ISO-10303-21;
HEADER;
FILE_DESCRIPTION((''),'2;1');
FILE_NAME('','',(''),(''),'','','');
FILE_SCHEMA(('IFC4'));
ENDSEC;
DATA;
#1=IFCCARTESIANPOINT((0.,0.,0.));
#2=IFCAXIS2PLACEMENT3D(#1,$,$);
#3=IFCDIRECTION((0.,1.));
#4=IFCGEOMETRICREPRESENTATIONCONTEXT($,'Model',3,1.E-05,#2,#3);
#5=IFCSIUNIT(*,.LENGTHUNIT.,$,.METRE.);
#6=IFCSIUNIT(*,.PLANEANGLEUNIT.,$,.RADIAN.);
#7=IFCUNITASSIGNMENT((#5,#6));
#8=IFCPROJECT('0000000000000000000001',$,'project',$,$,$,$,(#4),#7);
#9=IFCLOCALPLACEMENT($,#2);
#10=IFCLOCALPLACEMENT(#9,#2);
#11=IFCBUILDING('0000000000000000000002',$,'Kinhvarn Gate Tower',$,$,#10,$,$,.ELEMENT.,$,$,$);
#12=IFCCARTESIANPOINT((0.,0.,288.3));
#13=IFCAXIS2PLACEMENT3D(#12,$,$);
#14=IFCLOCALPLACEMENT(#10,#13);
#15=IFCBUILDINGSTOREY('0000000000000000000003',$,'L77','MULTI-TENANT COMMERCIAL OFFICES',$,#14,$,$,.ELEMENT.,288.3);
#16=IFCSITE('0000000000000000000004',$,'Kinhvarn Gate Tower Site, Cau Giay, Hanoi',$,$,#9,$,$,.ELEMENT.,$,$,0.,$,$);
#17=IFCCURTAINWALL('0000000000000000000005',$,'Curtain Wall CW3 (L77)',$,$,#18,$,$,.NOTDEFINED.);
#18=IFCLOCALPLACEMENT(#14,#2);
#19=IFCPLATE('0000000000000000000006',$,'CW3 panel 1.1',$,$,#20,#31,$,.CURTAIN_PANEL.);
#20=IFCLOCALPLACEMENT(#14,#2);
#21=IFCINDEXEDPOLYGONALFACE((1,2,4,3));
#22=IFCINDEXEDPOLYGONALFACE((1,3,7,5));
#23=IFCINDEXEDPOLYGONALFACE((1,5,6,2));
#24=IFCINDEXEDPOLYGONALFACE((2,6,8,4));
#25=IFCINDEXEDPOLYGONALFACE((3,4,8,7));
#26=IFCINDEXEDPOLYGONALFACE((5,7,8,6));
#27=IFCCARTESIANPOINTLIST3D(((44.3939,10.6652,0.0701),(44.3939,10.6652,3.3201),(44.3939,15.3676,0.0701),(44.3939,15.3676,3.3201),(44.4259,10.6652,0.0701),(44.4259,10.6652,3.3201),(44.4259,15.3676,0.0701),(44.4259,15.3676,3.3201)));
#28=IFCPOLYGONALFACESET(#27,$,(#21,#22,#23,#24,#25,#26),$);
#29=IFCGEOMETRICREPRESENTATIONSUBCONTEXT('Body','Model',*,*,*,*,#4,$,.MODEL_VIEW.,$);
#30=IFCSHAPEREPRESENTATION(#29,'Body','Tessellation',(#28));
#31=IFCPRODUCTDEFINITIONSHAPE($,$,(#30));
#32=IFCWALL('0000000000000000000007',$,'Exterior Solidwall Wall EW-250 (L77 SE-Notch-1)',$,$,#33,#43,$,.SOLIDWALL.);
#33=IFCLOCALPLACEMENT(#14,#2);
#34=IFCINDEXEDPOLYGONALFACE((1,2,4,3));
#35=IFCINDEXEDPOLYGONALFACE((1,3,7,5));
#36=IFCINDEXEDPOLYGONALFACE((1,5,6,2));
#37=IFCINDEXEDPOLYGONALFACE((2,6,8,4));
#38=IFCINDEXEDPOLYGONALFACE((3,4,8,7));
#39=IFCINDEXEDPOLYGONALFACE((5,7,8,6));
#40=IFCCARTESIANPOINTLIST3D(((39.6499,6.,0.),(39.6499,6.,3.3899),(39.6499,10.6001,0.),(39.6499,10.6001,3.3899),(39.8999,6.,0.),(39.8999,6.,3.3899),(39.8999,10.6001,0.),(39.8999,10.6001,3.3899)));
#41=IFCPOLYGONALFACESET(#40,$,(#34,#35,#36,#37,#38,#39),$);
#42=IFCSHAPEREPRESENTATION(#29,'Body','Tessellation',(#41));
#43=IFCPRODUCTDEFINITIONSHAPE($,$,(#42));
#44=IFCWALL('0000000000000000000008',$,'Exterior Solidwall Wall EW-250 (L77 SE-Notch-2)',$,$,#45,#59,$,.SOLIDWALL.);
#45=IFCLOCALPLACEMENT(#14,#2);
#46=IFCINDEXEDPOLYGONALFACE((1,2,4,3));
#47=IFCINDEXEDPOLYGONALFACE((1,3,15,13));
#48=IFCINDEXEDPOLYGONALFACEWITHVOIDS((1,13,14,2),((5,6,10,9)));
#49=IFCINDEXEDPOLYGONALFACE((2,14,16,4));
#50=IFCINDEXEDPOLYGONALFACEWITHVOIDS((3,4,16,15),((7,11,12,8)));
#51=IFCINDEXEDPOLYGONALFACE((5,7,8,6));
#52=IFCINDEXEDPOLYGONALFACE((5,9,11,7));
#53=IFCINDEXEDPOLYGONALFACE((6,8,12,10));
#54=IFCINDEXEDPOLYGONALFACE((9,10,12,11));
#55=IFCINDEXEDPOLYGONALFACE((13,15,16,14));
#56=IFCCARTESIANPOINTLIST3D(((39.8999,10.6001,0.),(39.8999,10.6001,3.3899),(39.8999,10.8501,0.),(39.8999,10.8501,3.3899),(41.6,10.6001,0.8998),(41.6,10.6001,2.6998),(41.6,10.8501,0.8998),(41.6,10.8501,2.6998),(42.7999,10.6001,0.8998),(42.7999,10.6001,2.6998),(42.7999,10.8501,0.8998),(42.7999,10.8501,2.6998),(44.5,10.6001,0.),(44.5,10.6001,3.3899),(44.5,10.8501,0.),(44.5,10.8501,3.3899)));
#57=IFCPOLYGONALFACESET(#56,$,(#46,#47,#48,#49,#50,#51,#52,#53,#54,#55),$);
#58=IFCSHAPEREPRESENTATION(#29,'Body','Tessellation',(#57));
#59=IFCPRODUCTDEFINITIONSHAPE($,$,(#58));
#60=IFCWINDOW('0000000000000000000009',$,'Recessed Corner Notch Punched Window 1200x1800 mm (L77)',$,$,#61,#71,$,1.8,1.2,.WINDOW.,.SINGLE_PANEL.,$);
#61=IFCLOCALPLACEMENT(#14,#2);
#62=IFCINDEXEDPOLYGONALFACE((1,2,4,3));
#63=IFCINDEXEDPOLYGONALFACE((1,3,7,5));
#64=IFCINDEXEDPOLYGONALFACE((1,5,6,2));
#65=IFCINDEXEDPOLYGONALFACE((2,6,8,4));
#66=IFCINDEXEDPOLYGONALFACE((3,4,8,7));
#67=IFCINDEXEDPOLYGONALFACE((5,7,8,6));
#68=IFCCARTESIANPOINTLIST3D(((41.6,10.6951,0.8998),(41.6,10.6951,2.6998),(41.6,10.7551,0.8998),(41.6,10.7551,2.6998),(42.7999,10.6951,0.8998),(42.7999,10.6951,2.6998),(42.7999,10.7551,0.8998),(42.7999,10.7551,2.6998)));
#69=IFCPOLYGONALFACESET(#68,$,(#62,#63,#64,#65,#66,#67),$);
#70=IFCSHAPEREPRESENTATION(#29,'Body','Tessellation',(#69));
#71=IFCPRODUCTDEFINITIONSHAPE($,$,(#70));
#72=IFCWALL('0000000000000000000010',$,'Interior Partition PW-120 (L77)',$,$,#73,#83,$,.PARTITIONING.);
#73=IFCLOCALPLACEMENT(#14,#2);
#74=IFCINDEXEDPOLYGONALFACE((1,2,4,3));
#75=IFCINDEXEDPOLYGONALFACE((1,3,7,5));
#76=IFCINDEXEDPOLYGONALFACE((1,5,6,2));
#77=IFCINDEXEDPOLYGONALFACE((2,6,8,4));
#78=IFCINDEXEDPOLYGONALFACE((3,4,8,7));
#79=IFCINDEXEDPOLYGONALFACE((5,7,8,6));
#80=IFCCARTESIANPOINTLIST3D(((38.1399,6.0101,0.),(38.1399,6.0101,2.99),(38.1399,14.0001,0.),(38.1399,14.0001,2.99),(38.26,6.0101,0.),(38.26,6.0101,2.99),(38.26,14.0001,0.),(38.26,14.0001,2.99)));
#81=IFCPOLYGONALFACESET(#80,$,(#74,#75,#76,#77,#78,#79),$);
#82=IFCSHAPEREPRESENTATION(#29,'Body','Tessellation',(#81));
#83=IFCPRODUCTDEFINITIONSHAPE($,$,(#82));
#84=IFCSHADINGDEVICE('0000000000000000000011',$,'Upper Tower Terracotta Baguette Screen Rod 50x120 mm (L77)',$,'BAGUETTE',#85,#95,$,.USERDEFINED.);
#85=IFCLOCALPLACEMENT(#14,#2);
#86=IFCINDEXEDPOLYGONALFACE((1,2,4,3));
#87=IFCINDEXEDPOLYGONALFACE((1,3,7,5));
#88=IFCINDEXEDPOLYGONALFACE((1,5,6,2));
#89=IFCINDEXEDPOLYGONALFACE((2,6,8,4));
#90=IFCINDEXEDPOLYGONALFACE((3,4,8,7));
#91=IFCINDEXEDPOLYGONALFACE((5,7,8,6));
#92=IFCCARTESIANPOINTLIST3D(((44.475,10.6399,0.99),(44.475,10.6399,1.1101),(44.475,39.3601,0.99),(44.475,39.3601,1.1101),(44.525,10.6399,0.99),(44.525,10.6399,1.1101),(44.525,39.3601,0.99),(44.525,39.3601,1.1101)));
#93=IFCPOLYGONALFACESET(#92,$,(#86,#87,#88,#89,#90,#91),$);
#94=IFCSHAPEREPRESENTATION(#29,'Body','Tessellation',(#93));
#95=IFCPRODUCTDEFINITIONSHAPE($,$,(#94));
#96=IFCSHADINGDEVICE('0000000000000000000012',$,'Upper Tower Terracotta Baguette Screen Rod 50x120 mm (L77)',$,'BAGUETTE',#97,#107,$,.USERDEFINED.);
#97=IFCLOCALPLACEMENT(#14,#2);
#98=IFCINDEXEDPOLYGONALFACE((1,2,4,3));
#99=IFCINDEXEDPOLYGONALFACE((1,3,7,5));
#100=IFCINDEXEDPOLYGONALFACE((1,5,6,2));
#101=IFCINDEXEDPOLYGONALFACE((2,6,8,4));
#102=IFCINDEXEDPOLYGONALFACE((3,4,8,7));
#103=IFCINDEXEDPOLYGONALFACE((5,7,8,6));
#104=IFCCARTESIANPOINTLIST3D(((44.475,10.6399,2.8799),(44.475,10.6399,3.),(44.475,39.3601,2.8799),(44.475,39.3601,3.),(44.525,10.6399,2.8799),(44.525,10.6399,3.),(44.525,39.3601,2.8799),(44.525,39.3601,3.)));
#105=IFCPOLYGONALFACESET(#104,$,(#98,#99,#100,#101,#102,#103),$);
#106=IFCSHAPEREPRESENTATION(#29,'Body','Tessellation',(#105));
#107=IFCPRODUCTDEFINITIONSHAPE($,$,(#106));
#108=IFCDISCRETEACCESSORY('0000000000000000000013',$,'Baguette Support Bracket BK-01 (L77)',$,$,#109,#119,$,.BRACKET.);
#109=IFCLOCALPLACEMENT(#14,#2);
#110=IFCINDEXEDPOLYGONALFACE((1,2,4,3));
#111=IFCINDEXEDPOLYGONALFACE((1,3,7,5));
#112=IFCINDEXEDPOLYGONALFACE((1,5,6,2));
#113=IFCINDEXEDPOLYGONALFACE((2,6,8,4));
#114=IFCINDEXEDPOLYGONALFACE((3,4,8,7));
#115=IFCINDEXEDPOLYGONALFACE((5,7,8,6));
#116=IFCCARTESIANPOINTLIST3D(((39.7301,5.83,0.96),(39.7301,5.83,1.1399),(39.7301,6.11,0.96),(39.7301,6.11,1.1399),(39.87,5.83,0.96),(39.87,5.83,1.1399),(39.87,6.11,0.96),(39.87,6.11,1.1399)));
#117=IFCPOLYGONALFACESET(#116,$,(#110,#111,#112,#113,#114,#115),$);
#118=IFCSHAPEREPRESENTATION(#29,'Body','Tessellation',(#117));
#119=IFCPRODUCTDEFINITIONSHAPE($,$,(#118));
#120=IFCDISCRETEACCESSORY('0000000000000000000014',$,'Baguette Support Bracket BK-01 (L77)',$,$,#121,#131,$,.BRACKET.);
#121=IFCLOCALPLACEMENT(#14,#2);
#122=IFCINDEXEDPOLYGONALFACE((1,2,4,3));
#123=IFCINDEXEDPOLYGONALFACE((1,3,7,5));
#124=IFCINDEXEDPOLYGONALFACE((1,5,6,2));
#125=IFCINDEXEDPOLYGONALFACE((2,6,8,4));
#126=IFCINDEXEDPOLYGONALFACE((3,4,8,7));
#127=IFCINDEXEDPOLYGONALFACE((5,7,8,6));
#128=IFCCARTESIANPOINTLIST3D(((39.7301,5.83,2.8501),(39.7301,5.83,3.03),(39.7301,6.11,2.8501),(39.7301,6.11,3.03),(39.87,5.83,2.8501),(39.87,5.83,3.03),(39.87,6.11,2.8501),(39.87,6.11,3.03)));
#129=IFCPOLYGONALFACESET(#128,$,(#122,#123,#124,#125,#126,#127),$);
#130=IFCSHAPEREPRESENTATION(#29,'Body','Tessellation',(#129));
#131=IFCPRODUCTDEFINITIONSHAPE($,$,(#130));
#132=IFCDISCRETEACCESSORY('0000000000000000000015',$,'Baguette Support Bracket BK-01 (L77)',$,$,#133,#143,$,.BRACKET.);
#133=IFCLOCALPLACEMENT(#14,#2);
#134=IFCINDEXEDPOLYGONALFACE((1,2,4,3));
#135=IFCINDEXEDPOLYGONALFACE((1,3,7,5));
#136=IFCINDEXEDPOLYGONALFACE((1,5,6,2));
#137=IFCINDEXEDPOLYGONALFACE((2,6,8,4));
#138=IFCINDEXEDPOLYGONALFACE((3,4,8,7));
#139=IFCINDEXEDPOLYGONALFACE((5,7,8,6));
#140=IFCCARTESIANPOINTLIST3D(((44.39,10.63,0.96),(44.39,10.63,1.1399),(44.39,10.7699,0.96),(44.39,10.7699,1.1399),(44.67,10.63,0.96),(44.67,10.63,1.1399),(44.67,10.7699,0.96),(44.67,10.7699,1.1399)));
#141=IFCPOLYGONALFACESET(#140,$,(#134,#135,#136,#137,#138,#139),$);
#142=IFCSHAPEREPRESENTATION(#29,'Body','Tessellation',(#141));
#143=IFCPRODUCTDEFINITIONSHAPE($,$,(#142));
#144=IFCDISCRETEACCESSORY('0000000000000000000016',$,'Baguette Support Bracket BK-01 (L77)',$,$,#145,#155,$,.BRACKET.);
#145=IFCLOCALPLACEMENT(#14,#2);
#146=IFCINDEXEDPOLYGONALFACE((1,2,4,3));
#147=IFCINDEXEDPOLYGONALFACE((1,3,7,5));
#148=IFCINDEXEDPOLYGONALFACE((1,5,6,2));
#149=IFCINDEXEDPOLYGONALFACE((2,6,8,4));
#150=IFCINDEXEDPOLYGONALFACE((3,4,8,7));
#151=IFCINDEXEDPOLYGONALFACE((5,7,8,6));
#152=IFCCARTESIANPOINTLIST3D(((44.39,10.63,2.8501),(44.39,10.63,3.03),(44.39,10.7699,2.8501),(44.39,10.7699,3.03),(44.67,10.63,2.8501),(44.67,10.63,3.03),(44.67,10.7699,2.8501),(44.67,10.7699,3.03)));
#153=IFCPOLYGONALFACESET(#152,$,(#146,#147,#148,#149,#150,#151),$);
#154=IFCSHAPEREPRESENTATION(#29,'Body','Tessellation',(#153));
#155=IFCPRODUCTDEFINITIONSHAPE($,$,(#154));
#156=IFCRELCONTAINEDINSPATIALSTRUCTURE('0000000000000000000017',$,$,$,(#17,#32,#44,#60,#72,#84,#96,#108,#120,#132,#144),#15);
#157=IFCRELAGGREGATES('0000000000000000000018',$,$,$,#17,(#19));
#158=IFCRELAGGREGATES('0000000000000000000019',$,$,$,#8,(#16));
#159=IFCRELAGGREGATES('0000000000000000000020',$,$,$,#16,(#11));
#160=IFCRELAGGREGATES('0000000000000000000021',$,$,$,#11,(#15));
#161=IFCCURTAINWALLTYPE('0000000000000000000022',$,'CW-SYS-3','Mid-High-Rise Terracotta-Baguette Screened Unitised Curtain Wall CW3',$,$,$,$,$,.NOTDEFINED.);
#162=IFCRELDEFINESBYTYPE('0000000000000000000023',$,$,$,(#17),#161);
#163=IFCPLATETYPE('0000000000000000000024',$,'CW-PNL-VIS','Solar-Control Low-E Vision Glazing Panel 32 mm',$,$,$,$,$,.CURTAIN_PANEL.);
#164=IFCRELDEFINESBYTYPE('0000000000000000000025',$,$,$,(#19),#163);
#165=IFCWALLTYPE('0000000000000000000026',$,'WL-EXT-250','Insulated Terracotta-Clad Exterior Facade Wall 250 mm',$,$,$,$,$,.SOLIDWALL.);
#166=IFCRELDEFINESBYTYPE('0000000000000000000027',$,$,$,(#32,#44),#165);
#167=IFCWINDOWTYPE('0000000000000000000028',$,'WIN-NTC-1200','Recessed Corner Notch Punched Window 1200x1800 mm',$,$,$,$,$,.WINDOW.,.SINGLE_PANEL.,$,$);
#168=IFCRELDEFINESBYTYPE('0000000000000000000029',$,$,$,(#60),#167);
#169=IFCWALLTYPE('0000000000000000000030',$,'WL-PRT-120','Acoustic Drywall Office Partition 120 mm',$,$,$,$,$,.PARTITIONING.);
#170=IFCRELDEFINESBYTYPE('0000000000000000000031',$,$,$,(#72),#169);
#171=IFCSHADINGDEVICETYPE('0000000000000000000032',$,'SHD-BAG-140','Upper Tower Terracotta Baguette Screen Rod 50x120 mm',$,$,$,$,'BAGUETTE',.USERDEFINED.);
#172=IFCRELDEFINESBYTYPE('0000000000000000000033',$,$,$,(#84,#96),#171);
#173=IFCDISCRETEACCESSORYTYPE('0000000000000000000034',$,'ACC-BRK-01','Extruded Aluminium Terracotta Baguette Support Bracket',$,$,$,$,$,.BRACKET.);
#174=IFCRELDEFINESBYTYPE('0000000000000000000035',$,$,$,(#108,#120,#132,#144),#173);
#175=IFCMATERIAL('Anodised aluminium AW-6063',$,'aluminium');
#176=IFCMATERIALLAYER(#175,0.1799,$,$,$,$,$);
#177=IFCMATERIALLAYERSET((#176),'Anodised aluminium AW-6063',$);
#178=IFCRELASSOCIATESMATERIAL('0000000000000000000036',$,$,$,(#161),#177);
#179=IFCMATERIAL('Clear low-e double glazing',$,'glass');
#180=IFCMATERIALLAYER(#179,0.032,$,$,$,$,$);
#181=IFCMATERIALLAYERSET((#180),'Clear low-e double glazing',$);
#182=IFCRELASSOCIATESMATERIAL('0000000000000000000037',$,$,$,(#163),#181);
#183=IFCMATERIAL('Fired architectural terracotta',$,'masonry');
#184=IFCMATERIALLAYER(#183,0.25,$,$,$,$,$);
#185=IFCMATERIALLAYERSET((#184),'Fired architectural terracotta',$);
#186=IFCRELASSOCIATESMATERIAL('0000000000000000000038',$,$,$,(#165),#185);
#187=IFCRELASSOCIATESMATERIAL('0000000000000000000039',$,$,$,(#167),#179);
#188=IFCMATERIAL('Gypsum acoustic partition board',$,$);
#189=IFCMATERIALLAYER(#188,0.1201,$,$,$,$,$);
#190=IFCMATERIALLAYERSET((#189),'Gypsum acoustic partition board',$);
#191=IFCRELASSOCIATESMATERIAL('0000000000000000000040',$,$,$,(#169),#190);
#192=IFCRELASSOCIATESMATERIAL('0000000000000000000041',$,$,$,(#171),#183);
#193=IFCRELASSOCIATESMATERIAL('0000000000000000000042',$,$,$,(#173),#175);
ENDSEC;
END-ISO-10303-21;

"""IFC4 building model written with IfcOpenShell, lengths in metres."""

from ifc_helpers import new_model, si_unit, direction, frame, frame_2d, origin, origin_2d, place, context, subcontext, project, spatial, rectangle, extrude, material, layer, layer_set, material_profile, profile_set, type_object, element, fill, aggregate, save


model = new_model("IFC4")

# Units and contexts
model_context = context("Model", 3, precision=1e-05, world=origin(), true_north=direction((0.0, 1.0)))
body_context = subcontext(model_context, "Body", "Model", "MODEL_VIEW")
ifc_project = project(units=[si_unit("LENGTHUNIT", "METRE"), si_unit("PLANEANGLEUNIT", "RADIAN")], contexts=[model_context])

# Site, building, storey
site_placement = place(None, origin())
site = spatial("IfcSite", under=ifc_project, at=site_placement, Name="Kinhvarn Gate Tower Site, Cau Giay, Hanoi", CompositionType="ELEMENT", RefElevation=0.0)
building_placement = place(site_placement, origin())
building = spatial("IfcBuilding", under=site, at=building_placement, Name="Kinhvarn Gate Tower", CompositionType="ELEMENT")
storey_placement = place(building_placement, frame((0.0, 0.0, 288.3)))
storey = spatial("IfcBuildingStorey", under=building, at=storey_placement, Name="L77", Description="MULTI-TENANT COMMERCIAL OFFICES", CompositionType="ELEMENT", Elevation=288.3)

# Curtain wall
ifc_material_1 = material(Name="Anodised aluminium AW-6063", Category="aluminium")
ifc_layer_1 = layer(ifc_material_1, 0.1799)
ifc_layer_set_1 = layer_set([ifc_layer_1], Name="Anodised aluminium AW-6063")
curtain_wall_type = type_object("IfcCurtainWallType", Name="CW-SYS-3", Description="Mid-High-Rise Terracotta-Baguette Screened Unitised Curtain Wall CW3", PredefinedType="NOTDEFINED", material=ifc_layer_set_1)
curtain_wall_1_placement = place(storey_placement, origin())
curtain_wall_1 = element("IfcCurtainWall", 1, at=curtain_wall_1_placement, inside=storey, type_object=curtain_wall_type, Name="Curtain Wall CW3 (L77)", PredefinedType="NOTDEFINED")

# Plate
ifc_material_2 = material(Name="Clear low-e double glazing", Category="glass")
ifc_layer_2 = layer(ifc_material_2, 0.032)
ifc_layer_set_2 = layer_set([ifc_layer_2], Name="Clear low-e double glazing")
plate_type = type_object("IfcPlateType", Name="CW-PNL-VIS", Description="Solar-Control Low-E Vision Glazing Panel 32 mm", PredefinedType="CURTAIN_PANEL", material=ifc_layer_set_2)
plate_1_placement = place(storey_placement, frame((44.4099, 13.0164, 0.0701), z_axis=(0.0, 0.0, 1.0), x_axis=(0.0, 1.0, 0.0)))
plate_1 = element("IfcPlate", 2, at=plate_1_placement, type_object=plate_type, Name="CW3 panel 1.1", PredefinedType="CURTAIN_PANEL", context=body_context, shape_type="SweptSolid", body=[
    extrude(rectangle(XDim=4.7024, YDim=0.032, at=origin_2d()), origin(), (0.0, 0.0, 1.0), 3.25),
])
aggregate(curtain_wall_1, [plate_1])

# Wall
ifc_material_3 = material(Name="Fired architectural terracotta", Category="masonry")
ifc_layer_3 = layer(ifc_material_3, 0.25)
ifc_layer_set_3 = layer_set([ifc_layer_3], Name="Fired architectural terracotta")
wall_type_1 = type_object("IfcWallType", Name="WL-EXT-250", Description="Insulated Terracotta-Clad Exterior Facade Wall 250 mm", PredefinedType="SOLIDWALL", material=ifc_layer_set_3)
wall_1_placement = place(storey_placement, frame((39.7749, 6.0, 0.0), z_axis=(0.0, 0.0, 1.0), x_axis=(0.0, 1.0, 0.0)))
element("IfcWall", 3, at=wall_1_placement, inside=storey, type_object=wall_type_1, Name="Exterior Solidwall Wall EW-250 (L77 SE-Notch-1)", PredefinedType="SOLIDWALL", context=body_context, shape_type="SweptSolid", body=[
    extrude(rectangle(XDim=4.6001, YDim=0.25, at=frame_2d((2.3, 0.0))), origin(), (0.0, 0.0, 1.0), 3.3899),
])

# Wall, opening, window
wall_2_placement = place(storey_placement, frame((39.8999, 10.7251, 0.0), z_axis=(0.0, 0.0, 1.0), x_axis=(1.0, 0.0, 0.0)))
wall_2 = element("IfcWall", 4, at=wall_2_placement, inside=storey, type_object=wall_type_1, Name="Exterior Solidwall Wall EW-250 (L77 SE-Notch-2)", PredefinedType="SOLIDWALL", context=body_context, shape_type="SweptSolid", body=[
    extrude(rectangle(XDim=4.6001, YDim=0.25, at=frame_2d((2.3, 0.0))), origin(), (0.0, 0.0, 1.0), 3.3899),
])
opening_1_placement = place(wall_2_placement, frame((1.7, 0.0, 0.8999)))
opening_1 = element("IfcOpeningElement", 5, at=opening_1_placement, cuts=wall_2, PredefinedType="OPENING", context=body_context, shape_type="SweptSolid", body=[
    extrude(rectangle(XDim=1.2, YDim=1.8, at=frame_2d((0.6001, 0.8999))), frame((0.0, 0.135, 0.0), z_axis=(0.0, -1.0, 0.0), x_axis=(1.0, 0.0, 0.0)), (0.0, 0.0, 1.0), 0.27),
])
window_type = type_object("IfcWindowType", Name="WIN-NTC-1200", Description="Recessed Corner Notch Punched Window 1200x1800 mm", PartitioningType="SINGLE_PANEL", PredefinedType="WINDOW", material=ifc_material_2)
window_placement = place(opening_1_placement, origin())
window = element("IfcWindow", 6, at=window_placement, inside=storey, type_object=window_type, Name="Recessed Corner Notch Punched Window 1200x1800 mm (L77)", OverallHeight=1.8, OverallWidth=1.2, PartitioningType="SINGLE_PANEL", PredefinedType="WINDOW", context=body_context, shape_type="SweptSolid", body=[
    extrude(rectangle(XDim=1.2, YDim=1.8, at=frame_2d((0.6001, 0.8999))), frame((0.0, 0.03, 0.0), z_axis=(0.0, -1.0, 0.0), x_axis=(1.0, 0.0, 0.0)), (0.0, 0.0, 1.0), 0.0601),
])
fill(opening_1, window)

# Wall
ifc_material_4 = material(Name="Gypsum acoustic partition board")
ifc_layer_4 = layer(ifc_material_4, 0.1201)
ifc_layer_set_4 = layer_set([ifc_layer_4], Name="Gypsum acoustic partition board")
wall_type_2 = type_object("IfcWallType", Name="WL-PRT-120", Description="Acoustic Drywall Office Partition 120 mm", PredefinedType="PARTITIONING", material=ifc_layer_set_4)
wall_3_placement = place(storey_placement, frame((38.2, 6.01, 0.0), z_axis=(0.0, 0.0, 1.0), x_axis=(0.0, 1.0, 0.0)))
element("IfcWall", 7, at=wall_3_placement, inside=storey, type_object=wall_type_2, Name="Interior Partition PW-120 (L77)", PredefinedType="PARTITIONING", context=body_context, shape_type="SweptSolid", body=[
    extrude(rectangle(XDim=7.99, YDim=0.1201, at=frame_2d((3.9951, 0.0))), origin(), (0.0, 0.0, 1.0), 2.99),
])

# Shading devices
ifc_material_profile_1 = material_profile(ifc_material_3, rectangle(XDim=0.05, YDim=0.1201, at=origin_2d()), Name="TC 50x120")
ifc_profile_set_1 = profile_set([ifc_material_profile_1], Name="Fired architectural terracotta")
shading_device_type = type_object("IfcShadingDeviceType", Name="SHD-BAG-140", Description="Upper Tower Terracotta Baguette Screen Rod 50x120 mm", ElementType="BAGUETTE", PredefinedType="USERDEFINED", material=ifc_profile_set_1)
for number, where, z_axis, x_axis, name in (
    (8, (44.5, 10.6399, 1.05), (0.0, 1.0, 0.0), (-1.0, 0.0, 0.0), "Upper Tower Terracotta Baguette Screen Rod 50x120 mm (L77)"),
    (9, (44.5, 10.6399, 2.9399), (0.0, 1.0, 0.0), (-1.0, 0.0, 0.0), "Upper Tower Terracotta Baguette Screen Rod 50x120 mm (L77)"),
):
    element("IfcShadingDevice", number, at=place(storey_placement, frame(where, z_axis=z_axis, x_axis=x_axis)), inside=storey, type_object=shading_device_type, Name=name, ObjectType="BAGUETTE", PredefinedType="USERDEFINED", context=body_context, shape_type="SweptSolid", body=[
        extrude(rectangle(XDim=0.05, YDim=0.1201, at=origin_2d()), origin(), (0.0, 0.0, 1.0), 28.7202),
    ])

# Discrete accessories
discrete_accessory_type = type_object("IfcDiscreteAccessoryType", Name="ACC-BRK-01", Description="Extruded Aluminium Terracotta Baguette Support Bracket", PredefinedType="BRACKET", material=ifc_material_1)
for number, where, z_axis, x_axis, name in (
    (10, (39.8, 5.97, 0.96), (0.0, 0.0, 1.0), (1.0, 0.0, 0.0), "Baguette Support Bracket BK-01 (L77)"),
    (11, (39.8, 5.97, 2.8501), (0.0, 0.0, 1.0), (1.0, 0.0, 0.0), "Baguette Support Bracket BK-01 (L77)"),
    (12, (44.53, 10.7, 0.96), (0.0, 0.0, 1.0), (0.0, 1.0, 0.0), "Baguette Support Bracket BK-01 (L77)"),
    (13, (44.53, 10.7, 2.8501), (0.0, 0.0, 1.0), (0.0, 1.0, 0.0), "Baguette Support Bracket BK-01 (L77)"),
):
    element("IfcDiscreteAccessory", number, at=place(storey_placement, frame(where, z_axis=z_axis, x_axis=x_axis)), inside=storey, type_object=discrete_accessory_type, Name=name, PredefinedType="BRACKET", context=body_context, shape_type="SweptSolid", body=[
        extrude(rectangle(XDim=0.1399, YDim=0.28, at=origin_2d()), origin(), (0.0, 0.0, 1.0), 0.1799),
    ])

save(model, "model.ifc")
